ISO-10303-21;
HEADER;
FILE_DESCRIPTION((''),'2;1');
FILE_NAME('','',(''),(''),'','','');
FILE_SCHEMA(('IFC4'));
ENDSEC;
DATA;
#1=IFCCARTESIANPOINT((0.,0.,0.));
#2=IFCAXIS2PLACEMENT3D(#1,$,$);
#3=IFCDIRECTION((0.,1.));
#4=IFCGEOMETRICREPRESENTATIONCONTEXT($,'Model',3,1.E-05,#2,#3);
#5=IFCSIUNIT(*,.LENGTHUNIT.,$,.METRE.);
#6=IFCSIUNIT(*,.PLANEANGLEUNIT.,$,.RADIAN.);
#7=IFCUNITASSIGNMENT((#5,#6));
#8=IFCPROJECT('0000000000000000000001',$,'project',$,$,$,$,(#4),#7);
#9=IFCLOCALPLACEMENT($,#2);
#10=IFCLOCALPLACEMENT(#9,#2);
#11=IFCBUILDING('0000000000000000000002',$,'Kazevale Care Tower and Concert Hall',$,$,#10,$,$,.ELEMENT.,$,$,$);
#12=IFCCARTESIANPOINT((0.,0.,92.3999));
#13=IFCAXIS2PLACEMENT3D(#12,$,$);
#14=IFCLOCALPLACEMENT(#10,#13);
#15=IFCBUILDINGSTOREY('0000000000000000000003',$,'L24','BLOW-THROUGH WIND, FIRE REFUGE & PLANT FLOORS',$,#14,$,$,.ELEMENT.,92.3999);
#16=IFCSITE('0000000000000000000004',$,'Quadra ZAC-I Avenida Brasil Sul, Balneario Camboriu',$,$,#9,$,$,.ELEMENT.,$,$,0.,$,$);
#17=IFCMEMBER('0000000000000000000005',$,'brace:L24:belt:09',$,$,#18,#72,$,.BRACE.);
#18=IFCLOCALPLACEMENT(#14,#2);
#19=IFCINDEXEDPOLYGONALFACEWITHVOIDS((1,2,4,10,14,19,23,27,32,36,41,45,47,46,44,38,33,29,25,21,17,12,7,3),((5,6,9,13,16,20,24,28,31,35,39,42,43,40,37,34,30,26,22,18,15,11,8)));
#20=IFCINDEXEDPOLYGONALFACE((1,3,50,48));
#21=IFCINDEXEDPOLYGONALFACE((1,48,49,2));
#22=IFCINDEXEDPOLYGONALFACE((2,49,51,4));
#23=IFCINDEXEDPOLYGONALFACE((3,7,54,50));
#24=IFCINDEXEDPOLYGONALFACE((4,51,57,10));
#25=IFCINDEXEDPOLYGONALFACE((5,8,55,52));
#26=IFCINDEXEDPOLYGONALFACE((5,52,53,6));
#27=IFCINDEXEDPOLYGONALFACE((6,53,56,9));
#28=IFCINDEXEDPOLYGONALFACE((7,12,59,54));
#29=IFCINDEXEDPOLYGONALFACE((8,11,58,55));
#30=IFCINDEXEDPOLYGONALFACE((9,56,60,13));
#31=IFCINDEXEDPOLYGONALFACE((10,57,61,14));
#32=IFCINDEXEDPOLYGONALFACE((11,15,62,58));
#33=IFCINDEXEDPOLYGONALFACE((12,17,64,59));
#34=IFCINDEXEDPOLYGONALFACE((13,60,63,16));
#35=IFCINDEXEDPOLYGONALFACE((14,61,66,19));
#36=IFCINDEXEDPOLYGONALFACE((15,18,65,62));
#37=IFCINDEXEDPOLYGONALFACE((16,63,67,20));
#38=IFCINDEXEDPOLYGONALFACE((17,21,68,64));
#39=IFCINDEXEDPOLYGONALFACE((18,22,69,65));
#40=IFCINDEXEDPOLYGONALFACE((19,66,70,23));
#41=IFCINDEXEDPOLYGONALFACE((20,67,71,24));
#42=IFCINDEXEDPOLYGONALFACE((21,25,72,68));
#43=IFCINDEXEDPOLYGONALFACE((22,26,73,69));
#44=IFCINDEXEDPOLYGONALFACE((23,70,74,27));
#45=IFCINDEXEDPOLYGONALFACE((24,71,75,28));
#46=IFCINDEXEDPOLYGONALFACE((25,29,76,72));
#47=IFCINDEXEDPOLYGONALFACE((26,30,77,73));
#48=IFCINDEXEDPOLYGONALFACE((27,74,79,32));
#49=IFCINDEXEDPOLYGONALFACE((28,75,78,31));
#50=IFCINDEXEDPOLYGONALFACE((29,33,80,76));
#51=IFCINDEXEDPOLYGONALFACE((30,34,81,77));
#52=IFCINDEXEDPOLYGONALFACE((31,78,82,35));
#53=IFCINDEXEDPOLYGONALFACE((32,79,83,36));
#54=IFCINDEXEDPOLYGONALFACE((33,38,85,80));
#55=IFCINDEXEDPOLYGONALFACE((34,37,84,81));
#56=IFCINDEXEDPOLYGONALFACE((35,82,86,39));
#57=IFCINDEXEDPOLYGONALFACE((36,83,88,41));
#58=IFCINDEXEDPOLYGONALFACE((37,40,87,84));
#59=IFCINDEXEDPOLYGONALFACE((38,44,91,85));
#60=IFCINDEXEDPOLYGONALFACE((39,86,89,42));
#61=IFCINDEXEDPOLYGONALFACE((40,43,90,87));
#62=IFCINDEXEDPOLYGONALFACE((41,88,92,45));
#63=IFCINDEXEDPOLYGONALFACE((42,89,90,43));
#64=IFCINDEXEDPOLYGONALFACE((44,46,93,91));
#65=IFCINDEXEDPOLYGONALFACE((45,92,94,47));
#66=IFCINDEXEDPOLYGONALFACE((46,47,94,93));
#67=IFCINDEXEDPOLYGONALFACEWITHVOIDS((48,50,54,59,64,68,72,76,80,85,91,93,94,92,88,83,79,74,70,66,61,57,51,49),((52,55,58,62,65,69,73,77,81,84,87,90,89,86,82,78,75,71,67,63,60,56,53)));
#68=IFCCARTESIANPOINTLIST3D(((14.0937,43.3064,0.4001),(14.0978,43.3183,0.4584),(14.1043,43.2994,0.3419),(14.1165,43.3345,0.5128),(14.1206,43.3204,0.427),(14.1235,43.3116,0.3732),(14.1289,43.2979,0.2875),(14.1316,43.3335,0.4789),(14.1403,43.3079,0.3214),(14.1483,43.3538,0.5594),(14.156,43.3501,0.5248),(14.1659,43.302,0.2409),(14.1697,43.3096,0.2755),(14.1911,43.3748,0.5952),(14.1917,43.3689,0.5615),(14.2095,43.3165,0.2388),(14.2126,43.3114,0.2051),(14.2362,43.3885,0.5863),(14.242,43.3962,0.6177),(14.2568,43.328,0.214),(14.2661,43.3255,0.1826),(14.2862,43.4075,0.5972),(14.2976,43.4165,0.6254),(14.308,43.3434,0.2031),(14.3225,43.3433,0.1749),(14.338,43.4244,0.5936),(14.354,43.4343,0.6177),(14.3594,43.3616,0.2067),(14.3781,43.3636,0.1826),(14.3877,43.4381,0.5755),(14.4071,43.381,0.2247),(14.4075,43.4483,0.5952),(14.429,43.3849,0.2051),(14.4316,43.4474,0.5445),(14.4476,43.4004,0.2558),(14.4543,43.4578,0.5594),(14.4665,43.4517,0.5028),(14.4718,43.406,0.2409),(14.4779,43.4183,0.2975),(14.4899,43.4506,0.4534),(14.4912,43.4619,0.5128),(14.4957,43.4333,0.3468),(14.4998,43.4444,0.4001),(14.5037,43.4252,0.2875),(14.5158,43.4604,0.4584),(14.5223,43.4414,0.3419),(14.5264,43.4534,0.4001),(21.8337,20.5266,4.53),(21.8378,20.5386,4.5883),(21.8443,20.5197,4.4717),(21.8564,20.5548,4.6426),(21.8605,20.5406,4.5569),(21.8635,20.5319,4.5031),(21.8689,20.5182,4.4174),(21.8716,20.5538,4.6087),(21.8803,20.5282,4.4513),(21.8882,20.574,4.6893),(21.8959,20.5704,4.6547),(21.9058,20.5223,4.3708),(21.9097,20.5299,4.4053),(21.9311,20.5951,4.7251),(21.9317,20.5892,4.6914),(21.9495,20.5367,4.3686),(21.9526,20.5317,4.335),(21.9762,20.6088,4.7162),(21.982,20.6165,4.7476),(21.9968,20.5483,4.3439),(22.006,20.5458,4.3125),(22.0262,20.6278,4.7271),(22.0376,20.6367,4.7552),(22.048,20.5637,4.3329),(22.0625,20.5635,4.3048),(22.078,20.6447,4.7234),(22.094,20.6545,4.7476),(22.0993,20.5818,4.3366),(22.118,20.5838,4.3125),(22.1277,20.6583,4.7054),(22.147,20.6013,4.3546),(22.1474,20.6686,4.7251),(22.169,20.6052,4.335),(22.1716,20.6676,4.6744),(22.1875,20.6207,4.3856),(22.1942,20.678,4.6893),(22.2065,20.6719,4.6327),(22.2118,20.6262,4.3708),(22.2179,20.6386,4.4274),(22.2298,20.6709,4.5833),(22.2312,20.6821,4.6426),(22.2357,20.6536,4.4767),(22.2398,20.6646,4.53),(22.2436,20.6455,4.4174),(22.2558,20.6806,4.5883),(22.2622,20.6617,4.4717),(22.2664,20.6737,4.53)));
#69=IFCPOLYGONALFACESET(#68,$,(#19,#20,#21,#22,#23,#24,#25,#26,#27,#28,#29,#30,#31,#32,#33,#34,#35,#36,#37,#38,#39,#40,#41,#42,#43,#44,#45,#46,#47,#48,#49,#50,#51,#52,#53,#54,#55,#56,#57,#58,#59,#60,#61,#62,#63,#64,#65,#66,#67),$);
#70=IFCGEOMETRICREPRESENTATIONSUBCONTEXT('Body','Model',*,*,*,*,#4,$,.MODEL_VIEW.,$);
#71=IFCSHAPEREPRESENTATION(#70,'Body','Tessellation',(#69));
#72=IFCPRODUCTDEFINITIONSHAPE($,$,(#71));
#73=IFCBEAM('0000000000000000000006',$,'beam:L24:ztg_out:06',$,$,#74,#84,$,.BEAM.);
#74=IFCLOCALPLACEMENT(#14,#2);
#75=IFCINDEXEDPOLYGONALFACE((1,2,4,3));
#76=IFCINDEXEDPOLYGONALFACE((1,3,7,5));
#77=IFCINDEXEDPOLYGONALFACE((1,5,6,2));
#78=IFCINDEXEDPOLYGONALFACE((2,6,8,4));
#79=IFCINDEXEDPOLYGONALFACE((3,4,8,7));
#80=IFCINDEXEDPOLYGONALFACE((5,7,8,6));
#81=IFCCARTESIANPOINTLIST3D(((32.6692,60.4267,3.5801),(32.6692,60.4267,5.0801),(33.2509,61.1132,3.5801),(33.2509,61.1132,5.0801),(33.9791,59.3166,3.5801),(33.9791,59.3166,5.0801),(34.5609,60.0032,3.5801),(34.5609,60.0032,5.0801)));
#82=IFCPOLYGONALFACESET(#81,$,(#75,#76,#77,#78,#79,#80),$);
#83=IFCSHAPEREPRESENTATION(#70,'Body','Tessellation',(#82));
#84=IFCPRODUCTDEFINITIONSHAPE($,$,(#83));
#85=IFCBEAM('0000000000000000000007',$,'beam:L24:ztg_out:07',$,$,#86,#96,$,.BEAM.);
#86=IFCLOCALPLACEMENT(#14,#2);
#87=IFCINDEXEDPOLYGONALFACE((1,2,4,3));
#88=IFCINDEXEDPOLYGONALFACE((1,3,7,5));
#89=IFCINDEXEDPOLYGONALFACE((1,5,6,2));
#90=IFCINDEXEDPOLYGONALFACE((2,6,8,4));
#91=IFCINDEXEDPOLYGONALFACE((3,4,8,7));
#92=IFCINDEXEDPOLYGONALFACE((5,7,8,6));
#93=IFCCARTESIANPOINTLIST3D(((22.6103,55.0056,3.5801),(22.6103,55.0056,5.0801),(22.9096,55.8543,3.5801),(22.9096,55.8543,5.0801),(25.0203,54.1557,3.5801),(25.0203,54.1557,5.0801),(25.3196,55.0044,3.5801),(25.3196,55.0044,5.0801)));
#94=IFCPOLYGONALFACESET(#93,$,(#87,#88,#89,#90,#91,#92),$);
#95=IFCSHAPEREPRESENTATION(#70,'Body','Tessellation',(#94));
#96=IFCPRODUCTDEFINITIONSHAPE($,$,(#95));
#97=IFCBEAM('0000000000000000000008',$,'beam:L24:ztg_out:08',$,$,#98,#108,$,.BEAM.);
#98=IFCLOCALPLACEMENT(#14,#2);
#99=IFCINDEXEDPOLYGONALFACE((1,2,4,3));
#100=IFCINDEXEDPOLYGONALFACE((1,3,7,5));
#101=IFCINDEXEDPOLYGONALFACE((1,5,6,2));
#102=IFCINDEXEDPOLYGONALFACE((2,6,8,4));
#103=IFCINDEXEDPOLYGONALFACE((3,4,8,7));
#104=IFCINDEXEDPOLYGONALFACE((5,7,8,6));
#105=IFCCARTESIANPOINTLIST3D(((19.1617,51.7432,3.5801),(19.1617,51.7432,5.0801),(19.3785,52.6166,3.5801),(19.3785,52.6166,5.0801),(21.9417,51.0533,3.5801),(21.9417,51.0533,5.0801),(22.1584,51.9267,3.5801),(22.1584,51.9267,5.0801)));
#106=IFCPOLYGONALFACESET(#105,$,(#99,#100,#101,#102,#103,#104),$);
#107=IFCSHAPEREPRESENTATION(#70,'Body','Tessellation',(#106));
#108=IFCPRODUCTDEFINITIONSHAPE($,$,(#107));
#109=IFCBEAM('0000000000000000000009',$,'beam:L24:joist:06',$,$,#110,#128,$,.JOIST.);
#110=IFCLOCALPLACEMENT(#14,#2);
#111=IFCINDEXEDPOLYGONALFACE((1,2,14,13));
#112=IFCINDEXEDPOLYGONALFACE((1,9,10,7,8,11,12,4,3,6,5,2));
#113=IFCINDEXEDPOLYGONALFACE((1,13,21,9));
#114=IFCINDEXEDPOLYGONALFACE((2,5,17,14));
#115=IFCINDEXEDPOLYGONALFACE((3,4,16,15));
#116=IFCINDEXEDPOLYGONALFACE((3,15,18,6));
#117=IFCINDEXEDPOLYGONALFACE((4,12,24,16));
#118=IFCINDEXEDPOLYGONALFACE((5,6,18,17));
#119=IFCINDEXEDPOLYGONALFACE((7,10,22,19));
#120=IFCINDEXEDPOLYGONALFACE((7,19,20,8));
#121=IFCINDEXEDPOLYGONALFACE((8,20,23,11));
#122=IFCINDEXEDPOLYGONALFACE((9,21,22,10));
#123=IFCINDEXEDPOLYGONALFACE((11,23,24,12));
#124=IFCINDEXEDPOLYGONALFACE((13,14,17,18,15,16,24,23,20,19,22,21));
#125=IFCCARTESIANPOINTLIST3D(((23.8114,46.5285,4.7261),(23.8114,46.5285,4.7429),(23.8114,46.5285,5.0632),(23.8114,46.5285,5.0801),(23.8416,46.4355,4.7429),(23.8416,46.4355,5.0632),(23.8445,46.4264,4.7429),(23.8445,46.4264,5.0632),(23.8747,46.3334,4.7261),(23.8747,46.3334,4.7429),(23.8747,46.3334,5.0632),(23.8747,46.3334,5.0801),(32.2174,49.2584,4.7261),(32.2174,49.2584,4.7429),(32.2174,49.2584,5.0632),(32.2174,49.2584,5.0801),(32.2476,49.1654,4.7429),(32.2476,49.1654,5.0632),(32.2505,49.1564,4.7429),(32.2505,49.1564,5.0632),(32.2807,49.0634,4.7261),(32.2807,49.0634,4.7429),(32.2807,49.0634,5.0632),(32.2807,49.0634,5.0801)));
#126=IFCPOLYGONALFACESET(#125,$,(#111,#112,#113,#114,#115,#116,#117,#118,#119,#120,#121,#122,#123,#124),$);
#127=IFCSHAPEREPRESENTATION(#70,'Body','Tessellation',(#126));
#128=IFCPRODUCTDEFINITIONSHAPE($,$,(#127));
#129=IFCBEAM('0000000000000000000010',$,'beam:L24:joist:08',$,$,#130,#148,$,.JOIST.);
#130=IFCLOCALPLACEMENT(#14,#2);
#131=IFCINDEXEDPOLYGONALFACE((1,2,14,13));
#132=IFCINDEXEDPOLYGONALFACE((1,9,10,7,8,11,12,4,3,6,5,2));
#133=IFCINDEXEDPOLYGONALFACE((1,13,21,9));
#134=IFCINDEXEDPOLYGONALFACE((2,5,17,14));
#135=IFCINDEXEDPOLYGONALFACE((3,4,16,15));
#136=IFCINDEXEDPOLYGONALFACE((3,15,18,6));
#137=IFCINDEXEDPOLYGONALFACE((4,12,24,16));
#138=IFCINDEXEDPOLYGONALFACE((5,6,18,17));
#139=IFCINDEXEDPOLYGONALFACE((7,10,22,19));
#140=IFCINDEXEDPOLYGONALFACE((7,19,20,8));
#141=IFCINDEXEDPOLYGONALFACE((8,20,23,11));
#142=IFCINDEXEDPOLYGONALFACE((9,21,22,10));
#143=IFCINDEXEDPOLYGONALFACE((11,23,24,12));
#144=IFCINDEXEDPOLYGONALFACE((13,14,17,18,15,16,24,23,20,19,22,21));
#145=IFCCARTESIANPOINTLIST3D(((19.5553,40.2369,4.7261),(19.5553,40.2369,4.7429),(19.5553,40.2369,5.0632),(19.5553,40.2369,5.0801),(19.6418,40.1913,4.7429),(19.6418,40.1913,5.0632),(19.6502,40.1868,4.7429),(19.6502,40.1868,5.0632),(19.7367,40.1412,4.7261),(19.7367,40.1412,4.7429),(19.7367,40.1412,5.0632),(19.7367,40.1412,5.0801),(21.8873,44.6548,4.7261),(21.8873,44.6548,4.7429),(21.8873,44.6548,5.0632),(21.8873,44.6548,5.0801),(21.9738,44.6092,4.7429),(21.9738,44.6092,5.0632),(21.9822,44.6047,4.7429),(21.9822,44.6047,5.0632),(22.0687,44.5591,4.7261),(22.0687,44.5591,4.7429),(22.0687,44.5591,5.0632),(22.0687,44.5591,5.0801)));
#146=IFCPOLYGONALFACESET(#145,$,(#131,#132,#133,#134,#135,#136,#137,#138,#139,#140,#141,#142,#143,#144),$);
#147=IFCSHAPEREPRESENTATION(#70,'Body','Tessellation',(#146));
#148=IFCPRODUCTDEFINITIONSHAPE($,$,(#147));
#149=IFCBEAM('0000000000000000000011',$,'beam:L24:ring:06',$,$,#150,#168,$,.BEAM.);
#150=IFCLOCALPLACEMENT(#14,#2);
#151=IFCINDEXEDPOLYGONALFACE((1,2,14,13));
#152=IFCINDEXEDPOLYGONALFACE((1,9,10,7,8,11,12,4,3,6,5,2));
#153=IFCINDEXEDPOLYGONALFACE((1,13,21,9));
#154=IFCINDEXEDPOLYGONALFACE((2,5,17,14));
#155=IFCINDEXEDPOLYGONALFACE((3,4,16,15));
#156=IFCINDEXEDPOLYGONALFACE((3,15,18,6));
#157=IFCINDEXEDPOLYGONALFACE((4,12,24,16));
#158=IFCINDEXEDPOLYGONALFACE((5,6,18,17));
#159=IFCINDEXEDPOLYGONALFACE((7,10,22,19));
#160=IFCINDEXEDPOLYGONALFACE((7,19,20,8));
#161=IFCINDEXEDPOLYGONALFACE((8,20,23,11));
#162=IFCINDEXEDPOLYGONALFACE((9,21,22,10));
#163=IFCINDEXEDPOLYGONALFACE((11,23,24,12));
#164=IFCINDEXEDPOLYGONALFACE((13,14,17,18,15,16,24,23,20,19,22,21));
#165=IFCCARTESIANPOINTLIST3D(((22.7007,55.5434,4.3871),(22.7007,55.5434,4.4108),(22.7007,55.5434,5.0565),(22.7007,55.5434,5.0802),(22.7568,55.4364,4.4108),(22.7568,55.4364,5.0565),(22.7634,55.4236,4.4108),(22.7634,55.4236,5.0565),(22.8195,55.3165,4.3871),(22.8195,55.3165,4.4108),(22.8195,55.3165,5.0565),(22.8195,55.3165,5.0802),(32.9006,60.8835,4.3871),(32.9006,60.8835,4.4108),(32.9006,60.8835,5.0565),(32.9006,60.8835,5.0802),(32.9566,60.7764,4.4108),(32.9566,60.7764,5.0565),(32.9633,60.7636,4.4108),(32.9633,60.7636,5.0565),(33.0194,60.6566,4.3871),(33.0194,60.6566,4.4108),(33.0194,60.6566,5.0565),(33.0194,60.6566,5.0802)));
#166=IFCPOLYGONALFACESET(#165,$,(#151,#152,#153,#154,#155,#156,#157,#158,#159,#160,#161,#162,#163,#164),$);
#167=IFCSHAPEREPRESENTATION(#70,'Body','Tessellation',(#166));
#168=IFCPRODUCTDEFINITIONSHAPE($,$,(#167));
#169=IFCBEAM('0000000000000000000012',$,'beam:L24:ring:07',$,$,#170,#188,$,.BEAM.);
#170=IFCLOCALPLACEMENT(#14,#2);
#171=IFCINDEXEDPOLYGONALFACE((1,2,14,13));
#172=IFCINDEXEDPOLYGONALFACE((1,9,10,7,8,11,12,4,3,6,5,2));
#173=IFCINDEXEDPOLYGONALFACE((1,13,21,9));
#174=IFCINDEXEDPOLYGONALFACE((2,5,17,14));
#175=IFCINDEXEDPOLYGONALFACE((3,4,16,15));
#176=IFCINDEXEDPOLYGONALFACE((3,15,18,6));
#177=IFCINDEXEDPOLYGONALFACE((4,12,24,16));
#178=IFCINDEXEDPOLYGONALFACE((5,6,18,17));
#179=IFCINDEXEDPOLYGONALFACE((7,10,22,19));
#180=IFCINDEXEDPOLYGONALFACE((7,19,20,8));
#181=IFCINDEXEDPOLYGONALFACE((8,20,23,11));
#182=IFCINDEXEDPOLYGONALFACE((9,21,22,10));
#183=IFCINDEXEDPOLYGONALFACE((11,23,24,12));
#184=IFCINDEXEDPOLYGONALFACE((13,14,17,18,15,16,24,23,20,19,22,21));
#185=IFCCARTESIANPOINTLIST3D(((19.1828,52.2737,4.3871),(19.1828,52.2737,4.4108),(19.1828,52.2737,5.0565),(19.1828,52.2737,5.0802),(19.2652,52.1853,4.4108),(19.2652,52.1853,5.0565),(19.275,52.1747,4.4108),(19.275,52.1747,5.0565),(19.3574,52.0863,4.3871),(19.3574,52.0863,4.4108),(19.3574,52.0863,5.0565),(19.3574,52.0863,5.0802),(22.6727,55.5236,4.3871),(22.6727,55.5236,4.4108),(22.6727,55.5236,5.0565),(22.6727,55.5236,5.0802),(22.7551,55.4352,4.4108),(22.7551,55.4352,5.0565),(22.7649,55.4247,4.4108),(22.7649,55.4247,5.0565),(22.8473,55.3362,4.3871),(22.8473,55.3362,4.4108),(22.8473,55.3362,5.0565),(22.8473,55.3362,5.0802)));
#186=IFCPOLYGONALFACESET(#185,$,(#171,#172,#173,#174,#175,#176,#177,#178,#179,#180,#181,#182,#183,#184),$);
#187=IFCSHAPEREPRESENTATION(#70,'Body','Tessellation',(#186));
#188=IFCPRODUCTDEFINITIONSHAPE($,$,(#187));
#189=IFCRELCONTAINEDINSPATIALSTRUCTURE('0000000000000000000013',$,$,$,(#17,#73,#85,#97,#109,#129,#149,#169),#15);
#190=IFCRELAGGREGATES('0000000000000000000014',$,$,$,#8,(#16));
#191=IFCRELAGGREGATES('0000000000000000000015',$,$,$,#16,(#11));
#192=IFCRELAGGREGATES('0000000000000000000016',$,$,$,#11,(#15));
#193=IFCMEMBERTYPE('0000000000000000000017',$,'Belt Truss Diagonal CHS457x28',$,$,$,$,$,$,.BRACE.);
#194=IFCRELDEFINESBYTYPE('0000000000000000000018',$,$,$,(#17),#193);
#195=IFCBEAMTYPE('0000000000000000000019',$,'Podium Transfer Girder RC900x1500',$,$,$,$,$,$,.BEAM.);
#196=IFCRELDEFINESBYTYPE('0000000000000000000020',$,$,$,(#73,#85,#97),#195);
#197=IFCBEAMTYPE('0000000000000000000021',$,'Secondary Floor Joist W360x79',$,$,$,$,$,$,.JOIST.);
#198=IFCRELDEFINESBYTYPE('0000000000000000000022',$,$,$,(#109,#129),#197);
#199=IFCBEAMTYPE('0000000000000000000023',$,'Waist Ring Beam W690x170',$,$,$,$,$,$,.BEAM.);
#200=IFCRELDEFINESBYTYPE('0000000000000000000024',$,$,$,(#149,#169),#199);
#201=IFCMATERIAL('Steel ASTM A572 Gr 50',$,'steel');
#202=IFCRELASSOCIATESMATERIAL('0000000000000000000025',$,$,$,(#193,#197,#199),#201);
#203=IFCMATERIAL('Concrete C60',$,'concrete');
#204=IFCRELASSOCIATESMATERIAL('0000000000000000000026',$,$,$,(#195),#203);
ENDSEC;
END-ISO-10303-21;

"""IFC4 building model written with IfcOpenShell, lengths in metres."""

from ifc_helpers import new_model, si_unit, direction, frame, origin, origin_2d, place, context, subcontext, project, spatial, rectangle, hollow_circle, i_section, extrude, material, material_profile, profile_set, type_object, element, save


model = new_model("IFC4")

# Units and contexts
model_context = context("Model", 3, precision=1e-05, world=origin(), true_north=direction((0.0, 1.0)))
body_context = subcontext(model_context, "Body", "Model", "MODEL_VIEW")
ifc_project = project(units=[si_unit("LENGTHUNIT", "METRE"), si_unit("PLANEANGLEUNIT", "RADIAN")], contexts=[model_context])

# Site, building, storey
site_placement = place(None, origin())
site = spatial("IfcSite", under=ifc_project, at=site_placement, Name="Quadra ZAC-I Avenida Brasil Sul, Balneario Camboriu", CompositionType="ELEMENT", RefElevation=0.0)
building_placement = place(site_placement, origin())
building = spatial("IfcBuilding", under=site, at=building_placement, Name="Kazevale Care Tower and Concert Hall", CompositionType="ELEMENT")
storey_placement = place(building_placement, frame((0.0, 0.0, 92.3999)))
storey = spatial("IfcBuildingStorey", under=building, at=storey_placement, Name="L24", Description="BLOW-THROUGH WIND, FIRE REFUGE & PLANT FLOORS", CompositionType="ELEMENT", Elevation=92.3999)

# Member
ifc_material_1 = material(Name="Steel ASTM A572 Gr 50", Category="steel")
ifc_material_profile_1 = material_profile(ifc_material_1, hollow_circle(Radius=0.2285, WallThickness=0.0281, at=origin_2d()), Name="CHS457x28")
ifc_profile_set_1 = profile_set([ifc_material_profile_1], Name="Steel ASTM A572 Gr 50")
member_type = type_object("IfcMemberType", Name="Belt Truss Diagonal CHS457x28", PredefinedType="BRACE", material=ifc_profile_set_1)
member_1_placement = place(storey_placement, frame((14.3101, 43.3799, 0.4001), z_axis=(0.317074, -0.933189, 0.169183), x_axis=(0.946838, 0.321711, 0.0)))
element("IfcMember", 1, at=member_1_placement, inside=storey, type_object=member_type, Name="brace:L24:belt:09", PredefinedType="BRACE", context=body_context, shape_type="SweptSolid", body=[
    extrude(hollow_circle(Radius=0.2285, WallThickness=0.0281, at=origin_2d()), origin(), (0.0, 0.0, 1.0), 24.4106),
])

# Beams
ifc_material_2 = material(Name="Concrete C60", Category="concrete")
ifc_material_profile_2 = material_profile(ifc_material_2, rectangle(XDim=0.8999, YDim=1.5, at=origin_2d()), Name="RC-TG900x1500")
ifc_profile_set_2 = profile_set([ifc_material_profile_2], Name="Concrete C60")
beam_type_1 = type_object("IfcBeamType", Name="Podium Transfer Girder RC900x1500", PredefinedType="BEAM", material=ifc_profile_set_2)
beam_1_placement = place(storey_placement, frame((34.27, 59.6599, 4.3301), z_axis=(-0.762928, 0.646484, 0.0), x_axis=(-0.646484, -0.762928, 0.0)))
element("IfcBeam", 2, at=beam_1_placement, inside=storey, type_object=beam_type_1, Name="beam:L24:ztg_out:06", PredefinedType="BEAM", context=body_context, shape_type="SweptSolid", body=[
    extrude(rectangle(XDim=0.8999, YDim=1.5, at=origin_2d()), origin(), (0.0, 0.0, 1.0), 1.717),
])
beam_2_placement = place(storey_placement, frame((25.1699, 54.5801, 4.3301), z_axis=(-0.943077, 0.332575, 0.0), x_axis=(-0.332575, -0.943077, 0.0)))
element("IfcBeam", 3, at=beam_2_placement, inside=storey, type_object=beam_type_1, Name="beam:L24:ztg_out:07", PredefinedType="BEAM", context=body_context, shape_type="SweptSolid", body=[
    extrude(rectangle(XDim=0.8999, YDim=1.5, at=origin_2d()), origin(), (0.0, 0.0, 1.0), 2.5554),
])
beam_3_placement = place(storey_placement, frame((22.05, 51.49, 4.3301), z_axis=(-0.970557, 0.240871, 0.0), x_axis=(-0.240871, -0.970557, 0.0)))
element("IfcBeam", 4, at=beam_3_placement, inside=storey, type_object=beam_type_1, Name="beam:L24:ztg_out:08", PredefinedType="BEAM", context=body_context, shape_type="SweptSolid", body=[
    extrude(rectangle(XDim=0.8999, YDim=1.5, at=origin_2d()), origin(), (0.0, 0.0, 1.0), 2.8643),
])
ifc_material_profile_3 = material_profile(ifc_material_1, i_section(OverallWidth=0.2051, OverallDepth=0.354, WebThickness=0.0095, FlangeThickness=0.0168, at=origin_2d()), Name="W360x79")
ifc_profile_set_3 = profile_set([ifc_material_profile_3], Name="Steel ASTM A572 Gr 50")
beam_type_2 = type_object("IfcBeamType", Name="Secondary Floor Joist W360x79", PredefinedType="JOIST", material=ifc_profile_set_3)
beam_4_placement = place(storey_placement, frame((32.249, 49.1609, 4.9031), z_axis=(-0.9511, -0.308884, 0.0), x_axis=(0.308884, -0.9511, 0.0)))
element("IfcBeam", 5, at=beam_4_placement, inside=storey, type_object=beam_type_2, Name="beam:L24:joist:06", PredefinedType="JOIST", context=body_context, shape_type="SweptSolid", body=[
    extrude(i_section(OverallWidth=0.2051, OverallDepth=0.354, WebThickness=0.0095, FlangeThickness=0.0168, at=origin_2d()), origin(), (0.0, 0.0, 1.0), 8.8381),
])
beam_5_placement = place(storey_placement, frame((21.978, 44.6069, 4.9031), z_axis=(-0.46681, -0.884358, 0.0), x_axis=(0.884358, -0.46681, 0.0)))
element("IfcBeam", 6, at=beam_5_placement, inside=storey, type_object=beam_type_2, Name="beam:L24:joist:08", PredefinedType="JOIST", context=body_context, shape_type="SweptSolid", body=[
    extrude(i_section(OverallWidth=0.2051, OverallDepth=0.354, WebThickness=0.0095, FlangeThickness=0.0168, at=origin_2d()), origin(), (0.0, 0.0, 1.0), 4.9956),
])
ifc_material_profile_4 = material_profile(ifc_material_1, i_section(OverallWidth=0.2561, OverallDepth=0.6931, WebThickness=0.0144, FlangeThickness=0.0237, at=origin_2d()), Name="W690x170")
ifc_profile_set_4 = profile_set([ifc_material_profile_4], Name="Steel ASTM A572 Gr 50")
beam_type_3 = type_object("IfcBeamType", Name="Waist Ring Beam W690x170", PredefinedType="BEAM", material=ifc_profile_set_4)
beam_6_placement = place(storey_placement, frame((32.96, 60.77, 4.7336), z_axis=(-0.885929, -0.46382, 0.0), x_axis=(0.46382, -0.885929, 0.0)))
element("IfcBeam", 7, at=beam_6_placement, inside=storey, type_object=beam_type_3, Name="beam:L24:ring:06", PredefinedType="BEAM", context=body_context, shape_type="SweptSolid", body=[
    extrude(i_section(OverallWidth=0.2561, OverallDepth=0.6931, WebThickness=0.0144, FlangeThickness=0.0237, at=origin_2d()), origin(), (0.0, 0.0, 1.0), 11.5132),
])
beam_7_placement = place(storey_placement, frame((22.76, 55.4299, 4.7336), z_axis=(-0.731821, -0.681497, 0.0), x_axis=(0.681497, -0.731821, 0.0)))
element("IfcBeam", 8, at=beam_7_placement, inside=storey, type_object=beam_type_3, Name="beam:L24:ring:07", PredefinedType="BEAM", context=body_context, shape_type="SweptSolid", body=[
    extrude(i_section(OverallWidth=0.2561, OverallDepth=0.6931, WebThickness=0.0144, FlangeThickness=0.0237, at=origin_2d()), origin(), (0.0, 0.0, 1.0), 4.7688),
])

save(model, "model.ifc")
